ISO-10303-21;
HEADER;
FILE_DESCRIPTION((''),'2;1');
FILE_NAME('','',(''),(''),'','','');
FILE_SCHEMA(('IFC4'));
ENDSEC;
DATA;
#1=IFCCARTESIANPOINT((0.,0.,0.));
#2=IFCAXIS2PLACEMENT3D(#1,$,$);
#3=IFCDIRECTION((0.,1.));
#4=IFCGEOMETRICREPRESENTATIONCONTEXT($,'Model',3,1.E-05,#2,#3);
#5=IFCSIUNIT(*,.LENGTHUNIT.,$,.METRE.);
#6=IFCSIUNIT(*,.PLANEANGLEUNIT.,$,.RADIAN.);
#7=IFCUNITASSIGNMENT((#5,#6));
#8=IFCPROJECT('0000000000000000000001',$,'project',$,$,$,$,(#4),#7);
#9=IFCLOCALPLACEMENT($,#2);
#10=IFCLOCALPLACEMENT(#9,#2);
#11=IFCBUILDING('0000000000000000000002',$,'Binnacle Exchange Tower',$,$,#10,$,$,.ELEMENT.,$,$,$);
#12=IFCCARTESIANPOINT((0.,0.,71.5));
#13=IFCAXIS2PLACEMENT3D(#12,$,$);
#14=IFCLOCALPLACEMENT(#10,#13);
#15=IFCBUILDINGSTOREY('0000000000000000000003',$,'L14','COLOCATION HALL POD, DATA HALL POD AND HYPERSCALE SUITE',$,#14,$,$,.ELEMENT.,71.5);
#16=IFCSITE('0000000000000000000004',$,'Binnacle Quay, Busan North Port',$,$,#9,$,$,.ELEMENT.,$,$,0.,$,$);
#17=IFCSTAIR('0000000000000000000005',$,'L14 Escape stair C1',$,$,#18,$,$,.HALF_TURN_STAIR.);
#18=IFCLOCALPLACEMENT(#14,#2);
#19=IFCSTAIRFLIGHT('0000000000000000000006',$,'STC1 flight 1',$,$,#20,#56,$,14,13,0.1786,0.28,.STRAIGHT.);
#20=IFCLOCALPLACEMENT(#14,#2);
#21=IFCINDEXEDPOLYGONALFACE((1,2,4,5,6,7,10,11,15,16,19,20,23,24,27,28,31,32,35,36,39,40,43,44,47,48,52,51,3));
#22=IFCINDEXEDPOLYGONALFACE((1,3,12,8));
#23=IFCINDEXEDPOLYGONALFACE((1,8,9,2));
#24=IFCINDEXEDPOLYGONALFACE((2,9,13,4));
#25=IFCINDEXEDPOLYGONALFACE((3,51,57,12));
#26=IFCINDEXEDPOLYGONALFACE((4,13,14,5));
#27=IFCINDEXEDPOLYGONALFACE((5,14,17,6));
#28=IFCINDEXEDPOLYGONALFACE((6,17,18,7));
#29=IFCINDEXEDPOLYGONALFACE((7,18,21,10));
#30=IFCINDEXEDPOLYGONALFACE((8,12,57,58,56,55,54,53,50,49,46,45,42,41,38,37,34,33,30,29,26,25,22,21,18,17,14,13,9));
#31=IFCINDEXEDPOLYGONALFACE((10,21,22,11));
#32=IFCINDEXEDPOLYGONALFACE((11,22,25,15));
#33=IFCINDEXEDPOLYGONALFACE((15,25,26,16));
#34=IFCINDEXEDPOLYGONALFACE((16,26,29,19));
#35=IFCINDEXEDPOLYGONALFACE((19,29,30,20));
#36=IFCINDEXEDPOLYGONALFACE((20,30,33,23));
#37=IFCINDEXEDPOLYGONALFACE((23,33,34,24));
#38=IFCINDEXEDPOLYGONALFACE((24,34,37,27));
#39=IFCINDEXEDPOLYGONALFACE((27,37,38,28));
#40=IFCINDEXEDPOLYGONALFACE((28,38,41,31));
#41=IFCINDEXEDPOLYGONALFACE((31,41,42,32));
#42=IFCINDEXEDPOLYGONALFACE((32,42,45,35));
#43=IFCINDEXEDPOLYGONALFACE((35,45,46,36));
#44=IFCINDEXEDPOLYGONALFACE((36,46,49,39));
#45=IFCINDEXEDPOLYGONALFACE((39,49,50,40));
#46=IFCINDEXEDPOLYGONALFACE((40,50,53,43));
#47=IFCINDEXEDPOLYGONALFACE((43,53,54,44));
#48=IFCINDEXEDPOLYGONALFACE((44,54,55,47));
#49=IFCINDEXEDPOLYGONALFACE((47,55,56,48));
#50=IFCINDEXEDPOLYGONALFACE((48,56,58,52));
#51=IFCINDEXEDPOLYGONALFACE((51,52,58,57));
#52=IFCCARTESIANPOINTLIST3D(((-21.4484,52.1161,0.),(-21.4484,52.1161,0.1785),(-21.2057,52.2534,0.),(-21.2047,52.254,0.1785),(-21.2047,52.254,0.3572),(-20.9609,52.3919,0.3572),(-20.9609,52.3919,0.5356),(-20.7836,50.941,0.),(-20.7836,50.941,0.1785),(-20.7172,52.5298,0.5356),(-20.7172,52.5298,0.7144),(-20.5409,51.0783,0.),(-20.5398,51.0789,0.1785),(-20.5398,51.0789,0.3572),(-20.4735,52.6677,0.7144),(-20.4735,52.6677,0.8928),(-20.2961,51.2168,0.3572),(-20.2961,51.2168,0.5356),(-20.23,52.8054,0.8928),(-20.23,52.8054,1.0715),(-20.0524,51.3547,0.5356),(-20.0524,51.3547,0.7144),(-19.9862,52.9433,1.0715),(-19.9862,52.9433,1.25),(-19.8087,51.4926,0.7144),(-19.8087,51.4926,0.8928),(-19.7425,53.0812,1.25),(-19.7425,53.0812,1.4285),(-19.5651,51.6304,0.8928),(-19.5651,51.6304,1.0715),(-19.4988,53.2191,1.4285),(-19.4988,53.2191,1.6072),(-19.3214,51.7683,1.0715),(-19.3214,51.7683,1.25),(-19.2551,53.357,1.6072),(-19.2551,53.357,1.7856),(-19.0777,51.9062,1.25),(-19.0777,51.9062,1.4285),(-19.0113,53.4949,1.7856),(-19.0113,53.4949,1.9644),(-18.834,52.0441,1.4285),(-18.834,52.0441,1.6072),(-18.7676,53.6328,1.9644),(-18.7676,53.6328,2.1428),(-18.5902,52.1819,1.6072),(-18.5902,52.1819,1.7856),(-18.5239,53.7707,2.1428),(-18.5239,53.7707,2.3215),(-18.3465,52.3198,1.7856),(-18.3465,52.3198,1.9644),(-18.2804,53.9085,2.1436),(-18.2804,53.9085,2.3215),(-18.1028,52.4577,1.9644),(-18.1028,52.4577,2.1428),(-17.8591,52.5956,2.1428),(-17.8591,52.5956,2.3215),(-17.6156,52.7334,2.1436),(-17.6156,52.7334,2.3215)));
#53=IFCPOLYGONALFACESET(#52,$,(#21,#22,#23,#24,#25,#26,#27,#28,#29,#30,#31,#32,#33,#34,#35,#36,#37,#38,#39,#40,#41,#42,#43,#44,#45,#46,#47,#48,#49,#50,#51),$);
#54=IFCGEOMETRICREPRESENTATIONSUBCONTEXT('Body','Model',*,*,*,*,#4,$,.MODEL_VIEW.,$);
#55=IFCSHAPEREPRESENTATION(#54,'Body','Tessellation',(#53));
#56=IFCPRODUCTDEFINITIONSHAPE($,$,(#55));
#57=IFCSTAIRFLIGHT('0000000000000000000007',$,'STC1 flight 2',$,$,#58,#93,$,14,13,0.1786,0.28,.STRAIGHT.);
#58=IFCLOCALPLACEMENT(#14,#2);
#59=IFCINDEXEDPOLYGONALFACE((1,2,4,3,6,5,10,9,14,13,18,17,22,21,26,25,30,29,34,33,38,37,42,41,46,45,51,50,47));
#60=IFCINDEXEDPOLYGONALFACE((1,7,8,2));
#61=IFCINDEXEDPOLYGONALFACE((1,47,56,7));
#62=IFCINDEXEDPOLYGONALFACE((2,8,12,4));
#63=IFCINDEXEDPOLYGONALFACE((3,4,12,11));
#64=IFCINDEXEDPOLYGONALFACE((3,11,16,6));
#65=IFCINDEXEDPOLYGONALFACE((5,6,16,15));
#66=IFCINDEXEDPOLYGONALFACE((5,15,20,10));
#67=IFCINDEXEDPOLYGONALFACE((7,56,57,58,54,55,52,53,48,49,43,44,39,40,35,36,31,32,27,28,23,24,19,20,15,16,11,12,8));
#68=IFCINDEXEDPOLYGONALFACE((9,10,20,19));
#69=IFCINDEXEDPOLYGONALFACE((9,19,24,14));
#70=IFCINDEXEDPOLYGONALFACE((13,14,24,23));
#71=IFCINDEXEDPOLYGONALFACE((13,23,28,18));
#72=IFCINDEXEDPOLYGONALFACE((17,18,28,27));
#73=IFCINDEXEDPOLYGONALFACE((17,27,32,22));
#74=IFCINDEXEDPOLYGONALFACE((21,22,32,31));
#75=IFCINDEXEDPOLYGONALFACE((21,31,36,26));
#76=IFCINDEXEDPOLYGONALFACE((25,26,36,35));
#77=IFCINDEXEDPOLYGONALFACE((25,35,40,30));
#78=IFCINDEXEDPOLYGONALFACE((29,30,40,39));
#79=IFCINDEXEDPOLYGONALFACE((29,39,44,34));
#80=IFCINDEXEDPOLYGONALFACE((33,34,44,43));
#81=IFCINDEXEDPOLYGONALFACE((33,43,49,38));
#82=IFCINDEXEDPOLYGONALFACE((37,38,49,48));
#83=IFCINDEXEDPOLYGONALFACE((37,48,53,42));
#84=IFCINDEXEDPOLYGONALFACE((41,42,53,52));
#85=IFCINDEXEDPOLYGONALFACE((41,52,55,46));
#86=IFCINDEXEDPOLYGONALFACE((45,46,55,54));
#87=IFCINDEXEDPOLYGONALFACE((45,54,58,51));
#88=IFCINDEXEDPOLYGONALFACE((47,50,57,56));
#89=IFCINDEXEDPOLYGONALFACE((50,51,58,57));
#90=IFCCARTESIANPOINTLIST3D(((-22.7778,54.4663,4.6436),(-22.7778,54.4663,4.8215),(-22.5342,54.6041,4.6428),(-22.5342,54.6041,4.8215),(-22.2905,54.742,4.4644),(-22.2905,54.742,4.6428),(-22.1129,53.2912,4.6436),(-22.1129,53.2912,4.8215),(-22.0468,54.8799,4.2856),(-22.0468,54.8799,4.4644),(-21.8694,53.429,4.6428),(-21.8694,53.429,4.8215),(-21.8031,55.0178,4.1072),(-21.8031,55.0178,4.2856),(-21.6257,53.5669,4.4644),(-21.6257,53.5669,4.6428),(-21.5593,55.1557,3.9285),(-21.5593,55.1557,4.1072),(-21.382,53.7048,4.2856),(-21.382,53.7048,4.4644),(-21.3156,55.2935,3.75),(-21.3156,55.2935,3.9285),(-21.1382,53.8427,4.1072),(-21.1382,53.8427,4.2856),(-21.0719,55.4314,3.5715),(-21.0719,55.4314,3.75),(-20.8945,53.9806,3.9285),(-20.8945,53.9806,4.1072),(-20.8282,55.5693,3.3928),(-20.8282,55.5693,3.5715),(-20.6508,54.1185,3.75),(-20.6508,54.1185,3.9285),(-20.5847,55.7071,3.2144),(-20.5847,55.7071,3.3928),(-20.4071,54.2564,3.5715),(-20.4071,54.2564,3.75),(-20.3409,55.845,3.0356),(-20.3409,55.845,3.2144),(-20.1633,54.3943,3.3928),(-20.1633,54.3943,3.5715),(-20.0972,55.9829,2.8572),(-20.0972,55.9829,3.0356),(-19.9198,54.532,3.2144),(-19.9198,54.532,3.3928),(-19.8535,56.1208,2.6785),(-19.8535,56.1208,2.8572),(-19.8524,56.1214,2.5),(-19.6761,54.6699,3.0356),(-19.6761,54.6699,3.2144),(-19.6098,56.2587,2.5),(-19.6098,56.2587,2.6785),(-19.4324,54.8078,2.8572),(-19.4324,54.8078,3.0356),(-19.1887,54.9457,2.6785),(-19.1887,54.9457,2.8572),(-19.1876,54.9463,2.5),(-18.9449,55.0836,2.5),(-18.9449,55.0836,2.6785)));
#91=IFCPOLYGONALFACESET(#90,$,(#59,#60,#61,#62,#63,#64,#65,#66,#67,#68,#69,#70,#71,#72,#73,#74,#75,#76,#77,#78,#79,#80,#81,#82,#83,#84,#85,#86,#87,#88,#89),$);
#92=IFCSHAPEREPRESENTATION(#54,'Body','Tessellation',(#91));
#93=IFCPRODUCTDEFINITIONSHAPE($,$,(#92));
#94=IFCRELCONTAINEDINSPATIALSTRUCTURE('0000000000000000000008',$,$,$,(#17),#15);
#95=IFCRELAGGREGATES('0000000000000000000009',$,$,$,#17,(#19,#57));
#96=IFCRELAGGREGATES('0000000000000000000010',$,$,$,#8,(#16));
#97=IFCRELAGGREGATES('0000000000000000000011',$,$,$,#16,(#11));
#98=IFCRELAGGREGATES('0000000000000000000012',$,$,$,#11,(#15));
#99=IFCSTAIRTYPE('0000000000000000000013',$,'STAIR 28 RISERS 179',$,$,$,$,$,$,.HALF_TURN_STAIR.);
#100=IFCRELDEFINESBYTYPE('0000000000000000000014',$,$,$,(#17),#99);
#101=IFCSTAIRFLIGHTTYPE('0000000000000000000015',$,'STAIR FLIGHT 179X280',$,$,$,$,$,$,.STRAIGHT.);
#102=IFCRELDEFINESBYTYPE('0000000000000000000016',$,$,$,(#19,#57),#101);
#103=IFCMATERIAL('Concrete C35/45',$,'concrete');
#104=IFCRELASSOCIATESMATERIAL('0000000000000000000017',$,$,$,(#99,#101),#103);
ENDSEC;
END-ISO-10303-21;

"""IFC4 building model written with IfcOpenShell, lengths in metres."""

from ifc_helpers import new_model, si_unit, direction, frame, origin, place, context, subcontext, project, spatial, polyline, outline, extrude, material, type_object, element, aggregate, save


model = new_model("IFC4")

# Units and contexts
model_context = context("Model", 3, precision=1e-05, world=origin(), true_north=direction((0.0, 1.0)))
body_context = subcontext(model_context, "Body", "Model", "MODEL_VIEW")
ifc_project = project(units=[si_unit("LENGTHUNIT", "METRE"), si_unit("PLANEANGLEUNIT", "RADIAN")], contexts=[model_context])

# Site, building, storey
site_placement = place(None, origin())
site = spatial("IfcSite", under=ifc_project, at=site_placement, Name="Binnacle Quay, Busan North Port", CompositionType="ELEMENT", RefElevation=0.0)
building_placement = place(site_placement, origin())
building = spatial("IfcBuilding", under=site, at=building_placement, Name="Binnacle Exchange Tower", CompositionType="ELEMENT")
storey_placement = place(building_placement, frame((0.0, 0.0, 71.5)))
storey = spatial("IfcBuildingStorey", under=building, at=storey_placement, Name="L14", Description="COLOCATION HALL POD, DATA HALL POD AND HYPERSCALE SUITE", CompositionType="ELEMENT", Elevation=71.5)

# Stair, stair flights
ifc_material_1 = material(Name="Concrete C35/45", Category="concrete")
stair_type = type_object("IfcStairType", Name="STAIR 28 RISERS 179", PredefinedType="HALF_TURN_STAIR", material=ifc_material_1)
stair_placement = place(storey_placement, origin())
stair = element("IfcStair", 1, at=stair_placement, inside=storey, type_object=stair_type, Name="L14 Escape stair C1", PredefinedType="HALF_TURN_STAIR")
stair_flight_type = type_object("IfcStairFlightType", Name="STAIR FLIGHT 179X280", PredefinedType="STRAIGHT", material=ifc_material_1)
stair_flight_1_placement = place(storey_placement, frame((-21.116, 51.5286, 0.0), z_axis=(0.0, 0.0, 1.0), x_axis=(0.870356, 0.492424, 0.0)))
stair_flight_1 = element("IfcStairFlight", 2, at=stair_flight_1_placement, type_object=stair_flight_type, Name="STC1 flight 1", NumberOfRisers=14, NumberOfTreads=13, PredefinedType="STRAIGHT", RiserHeight=0.1786, TreadLength=0.28, context=body_context, shape_type="SweptSolid", body=[
    extrude(outline(polyline([(0.0, 0.0), (0.0, 0.1785), (0.28, 0.1785), (0.28, 0.3572), (0.5601, 0.3572), (0.5601, 0.5356), (0.8401, 0.5356), (0.8401, 0.7144), (1.1201, 0.7144), (1.1201, 0.8928), (1.3999, 0.8928), (1.3999, 1.0715), (1.6799, 1.0715), (1.6799, 1.25), (1.96, 1.25), (1.96, 1.4285), (2.24, 1.4285), (2.24, 1.6072), (2.52, 1.6072), (2.52, 1.7856), (2.8, 1.7856), (2.8, 1.9644), (3.0801, 1.9644), (3.0801, 2.1428), (3.3601, 2.1428), (3.3601, 2.3215), (3.6399, 2.3215), (3.6399, 2.5), (3.6399, 2.1436), (0.2788, 0.0), (0.0, 0.0)])), frame((0.0, 0.675, 0.0), z_axis=(0.0, -1.0, 0.0), x_axis=(1.0, 0.0, 0.0)), (0.0, 0.0, 1.0), 1.3501),
])
stair_flight_2_placement = place(storey_placement, frame((-19.2773, 55.6711, 2.5), z_axis=(0.0, 0.0, 1.0), x_axis=(-0.870356, -0.492424, 0.0)))
stair_flight_2 = element("IfcStairFlight", 3, at=stair_flight_2_placement, type_object=stair_flight_type, Name="STC1 flight 2", NumberOfRisers=14, NumberOfTreads=13, PredefinedType="STRAIGHT", RiserHeight=0.1786, TreadLength=0.28, context=body_context, shape_type="SweptSolid", body=[
    extrude(outline(polyline([(0.0, 0.0), (0.0, 0.1785), (0.28, 0.1785), (0.28, 0.3572), (0.5601, 0.3572), (0.5601, 0.5356), (0.8401, 0.5356), (0.8401, 0.7144), (1.1201, 0.7144), (1.1201, 0.8928), (1.3999, 0.8928), (1.3999, 1.0715), (1.6799, 1.0715), (1.6799, 1.25), (1.96, 1.25), (1.96, 1.4285), (2.24, 1.4285), (2.24, 1.6072), (2.52, 1.6072), (2.52, 1.7856), (2.8, 1.7856), (2.8, 1.9644), (3.0801, 1.9644), (3.0801, 2.1428), (3.3601, 2.1428), (3.3601, 2.3215), (3.6399, 2.3215), (3.6399, 2.5), (3.6399, 2.1436), (0.2788, 0.0), (0.0, 0.0)])), frame((0.0, 0.675, 0.0), z_axis=(0.0, -1.0, 0.0), x_axis=(1.0, 0.0, 0.0)), (0.0, 0.0, 1.0), 1.3501),
])
aggregate(stair, [stair_flight_1, stair_flight_2])

save(model, "model.ifc")
